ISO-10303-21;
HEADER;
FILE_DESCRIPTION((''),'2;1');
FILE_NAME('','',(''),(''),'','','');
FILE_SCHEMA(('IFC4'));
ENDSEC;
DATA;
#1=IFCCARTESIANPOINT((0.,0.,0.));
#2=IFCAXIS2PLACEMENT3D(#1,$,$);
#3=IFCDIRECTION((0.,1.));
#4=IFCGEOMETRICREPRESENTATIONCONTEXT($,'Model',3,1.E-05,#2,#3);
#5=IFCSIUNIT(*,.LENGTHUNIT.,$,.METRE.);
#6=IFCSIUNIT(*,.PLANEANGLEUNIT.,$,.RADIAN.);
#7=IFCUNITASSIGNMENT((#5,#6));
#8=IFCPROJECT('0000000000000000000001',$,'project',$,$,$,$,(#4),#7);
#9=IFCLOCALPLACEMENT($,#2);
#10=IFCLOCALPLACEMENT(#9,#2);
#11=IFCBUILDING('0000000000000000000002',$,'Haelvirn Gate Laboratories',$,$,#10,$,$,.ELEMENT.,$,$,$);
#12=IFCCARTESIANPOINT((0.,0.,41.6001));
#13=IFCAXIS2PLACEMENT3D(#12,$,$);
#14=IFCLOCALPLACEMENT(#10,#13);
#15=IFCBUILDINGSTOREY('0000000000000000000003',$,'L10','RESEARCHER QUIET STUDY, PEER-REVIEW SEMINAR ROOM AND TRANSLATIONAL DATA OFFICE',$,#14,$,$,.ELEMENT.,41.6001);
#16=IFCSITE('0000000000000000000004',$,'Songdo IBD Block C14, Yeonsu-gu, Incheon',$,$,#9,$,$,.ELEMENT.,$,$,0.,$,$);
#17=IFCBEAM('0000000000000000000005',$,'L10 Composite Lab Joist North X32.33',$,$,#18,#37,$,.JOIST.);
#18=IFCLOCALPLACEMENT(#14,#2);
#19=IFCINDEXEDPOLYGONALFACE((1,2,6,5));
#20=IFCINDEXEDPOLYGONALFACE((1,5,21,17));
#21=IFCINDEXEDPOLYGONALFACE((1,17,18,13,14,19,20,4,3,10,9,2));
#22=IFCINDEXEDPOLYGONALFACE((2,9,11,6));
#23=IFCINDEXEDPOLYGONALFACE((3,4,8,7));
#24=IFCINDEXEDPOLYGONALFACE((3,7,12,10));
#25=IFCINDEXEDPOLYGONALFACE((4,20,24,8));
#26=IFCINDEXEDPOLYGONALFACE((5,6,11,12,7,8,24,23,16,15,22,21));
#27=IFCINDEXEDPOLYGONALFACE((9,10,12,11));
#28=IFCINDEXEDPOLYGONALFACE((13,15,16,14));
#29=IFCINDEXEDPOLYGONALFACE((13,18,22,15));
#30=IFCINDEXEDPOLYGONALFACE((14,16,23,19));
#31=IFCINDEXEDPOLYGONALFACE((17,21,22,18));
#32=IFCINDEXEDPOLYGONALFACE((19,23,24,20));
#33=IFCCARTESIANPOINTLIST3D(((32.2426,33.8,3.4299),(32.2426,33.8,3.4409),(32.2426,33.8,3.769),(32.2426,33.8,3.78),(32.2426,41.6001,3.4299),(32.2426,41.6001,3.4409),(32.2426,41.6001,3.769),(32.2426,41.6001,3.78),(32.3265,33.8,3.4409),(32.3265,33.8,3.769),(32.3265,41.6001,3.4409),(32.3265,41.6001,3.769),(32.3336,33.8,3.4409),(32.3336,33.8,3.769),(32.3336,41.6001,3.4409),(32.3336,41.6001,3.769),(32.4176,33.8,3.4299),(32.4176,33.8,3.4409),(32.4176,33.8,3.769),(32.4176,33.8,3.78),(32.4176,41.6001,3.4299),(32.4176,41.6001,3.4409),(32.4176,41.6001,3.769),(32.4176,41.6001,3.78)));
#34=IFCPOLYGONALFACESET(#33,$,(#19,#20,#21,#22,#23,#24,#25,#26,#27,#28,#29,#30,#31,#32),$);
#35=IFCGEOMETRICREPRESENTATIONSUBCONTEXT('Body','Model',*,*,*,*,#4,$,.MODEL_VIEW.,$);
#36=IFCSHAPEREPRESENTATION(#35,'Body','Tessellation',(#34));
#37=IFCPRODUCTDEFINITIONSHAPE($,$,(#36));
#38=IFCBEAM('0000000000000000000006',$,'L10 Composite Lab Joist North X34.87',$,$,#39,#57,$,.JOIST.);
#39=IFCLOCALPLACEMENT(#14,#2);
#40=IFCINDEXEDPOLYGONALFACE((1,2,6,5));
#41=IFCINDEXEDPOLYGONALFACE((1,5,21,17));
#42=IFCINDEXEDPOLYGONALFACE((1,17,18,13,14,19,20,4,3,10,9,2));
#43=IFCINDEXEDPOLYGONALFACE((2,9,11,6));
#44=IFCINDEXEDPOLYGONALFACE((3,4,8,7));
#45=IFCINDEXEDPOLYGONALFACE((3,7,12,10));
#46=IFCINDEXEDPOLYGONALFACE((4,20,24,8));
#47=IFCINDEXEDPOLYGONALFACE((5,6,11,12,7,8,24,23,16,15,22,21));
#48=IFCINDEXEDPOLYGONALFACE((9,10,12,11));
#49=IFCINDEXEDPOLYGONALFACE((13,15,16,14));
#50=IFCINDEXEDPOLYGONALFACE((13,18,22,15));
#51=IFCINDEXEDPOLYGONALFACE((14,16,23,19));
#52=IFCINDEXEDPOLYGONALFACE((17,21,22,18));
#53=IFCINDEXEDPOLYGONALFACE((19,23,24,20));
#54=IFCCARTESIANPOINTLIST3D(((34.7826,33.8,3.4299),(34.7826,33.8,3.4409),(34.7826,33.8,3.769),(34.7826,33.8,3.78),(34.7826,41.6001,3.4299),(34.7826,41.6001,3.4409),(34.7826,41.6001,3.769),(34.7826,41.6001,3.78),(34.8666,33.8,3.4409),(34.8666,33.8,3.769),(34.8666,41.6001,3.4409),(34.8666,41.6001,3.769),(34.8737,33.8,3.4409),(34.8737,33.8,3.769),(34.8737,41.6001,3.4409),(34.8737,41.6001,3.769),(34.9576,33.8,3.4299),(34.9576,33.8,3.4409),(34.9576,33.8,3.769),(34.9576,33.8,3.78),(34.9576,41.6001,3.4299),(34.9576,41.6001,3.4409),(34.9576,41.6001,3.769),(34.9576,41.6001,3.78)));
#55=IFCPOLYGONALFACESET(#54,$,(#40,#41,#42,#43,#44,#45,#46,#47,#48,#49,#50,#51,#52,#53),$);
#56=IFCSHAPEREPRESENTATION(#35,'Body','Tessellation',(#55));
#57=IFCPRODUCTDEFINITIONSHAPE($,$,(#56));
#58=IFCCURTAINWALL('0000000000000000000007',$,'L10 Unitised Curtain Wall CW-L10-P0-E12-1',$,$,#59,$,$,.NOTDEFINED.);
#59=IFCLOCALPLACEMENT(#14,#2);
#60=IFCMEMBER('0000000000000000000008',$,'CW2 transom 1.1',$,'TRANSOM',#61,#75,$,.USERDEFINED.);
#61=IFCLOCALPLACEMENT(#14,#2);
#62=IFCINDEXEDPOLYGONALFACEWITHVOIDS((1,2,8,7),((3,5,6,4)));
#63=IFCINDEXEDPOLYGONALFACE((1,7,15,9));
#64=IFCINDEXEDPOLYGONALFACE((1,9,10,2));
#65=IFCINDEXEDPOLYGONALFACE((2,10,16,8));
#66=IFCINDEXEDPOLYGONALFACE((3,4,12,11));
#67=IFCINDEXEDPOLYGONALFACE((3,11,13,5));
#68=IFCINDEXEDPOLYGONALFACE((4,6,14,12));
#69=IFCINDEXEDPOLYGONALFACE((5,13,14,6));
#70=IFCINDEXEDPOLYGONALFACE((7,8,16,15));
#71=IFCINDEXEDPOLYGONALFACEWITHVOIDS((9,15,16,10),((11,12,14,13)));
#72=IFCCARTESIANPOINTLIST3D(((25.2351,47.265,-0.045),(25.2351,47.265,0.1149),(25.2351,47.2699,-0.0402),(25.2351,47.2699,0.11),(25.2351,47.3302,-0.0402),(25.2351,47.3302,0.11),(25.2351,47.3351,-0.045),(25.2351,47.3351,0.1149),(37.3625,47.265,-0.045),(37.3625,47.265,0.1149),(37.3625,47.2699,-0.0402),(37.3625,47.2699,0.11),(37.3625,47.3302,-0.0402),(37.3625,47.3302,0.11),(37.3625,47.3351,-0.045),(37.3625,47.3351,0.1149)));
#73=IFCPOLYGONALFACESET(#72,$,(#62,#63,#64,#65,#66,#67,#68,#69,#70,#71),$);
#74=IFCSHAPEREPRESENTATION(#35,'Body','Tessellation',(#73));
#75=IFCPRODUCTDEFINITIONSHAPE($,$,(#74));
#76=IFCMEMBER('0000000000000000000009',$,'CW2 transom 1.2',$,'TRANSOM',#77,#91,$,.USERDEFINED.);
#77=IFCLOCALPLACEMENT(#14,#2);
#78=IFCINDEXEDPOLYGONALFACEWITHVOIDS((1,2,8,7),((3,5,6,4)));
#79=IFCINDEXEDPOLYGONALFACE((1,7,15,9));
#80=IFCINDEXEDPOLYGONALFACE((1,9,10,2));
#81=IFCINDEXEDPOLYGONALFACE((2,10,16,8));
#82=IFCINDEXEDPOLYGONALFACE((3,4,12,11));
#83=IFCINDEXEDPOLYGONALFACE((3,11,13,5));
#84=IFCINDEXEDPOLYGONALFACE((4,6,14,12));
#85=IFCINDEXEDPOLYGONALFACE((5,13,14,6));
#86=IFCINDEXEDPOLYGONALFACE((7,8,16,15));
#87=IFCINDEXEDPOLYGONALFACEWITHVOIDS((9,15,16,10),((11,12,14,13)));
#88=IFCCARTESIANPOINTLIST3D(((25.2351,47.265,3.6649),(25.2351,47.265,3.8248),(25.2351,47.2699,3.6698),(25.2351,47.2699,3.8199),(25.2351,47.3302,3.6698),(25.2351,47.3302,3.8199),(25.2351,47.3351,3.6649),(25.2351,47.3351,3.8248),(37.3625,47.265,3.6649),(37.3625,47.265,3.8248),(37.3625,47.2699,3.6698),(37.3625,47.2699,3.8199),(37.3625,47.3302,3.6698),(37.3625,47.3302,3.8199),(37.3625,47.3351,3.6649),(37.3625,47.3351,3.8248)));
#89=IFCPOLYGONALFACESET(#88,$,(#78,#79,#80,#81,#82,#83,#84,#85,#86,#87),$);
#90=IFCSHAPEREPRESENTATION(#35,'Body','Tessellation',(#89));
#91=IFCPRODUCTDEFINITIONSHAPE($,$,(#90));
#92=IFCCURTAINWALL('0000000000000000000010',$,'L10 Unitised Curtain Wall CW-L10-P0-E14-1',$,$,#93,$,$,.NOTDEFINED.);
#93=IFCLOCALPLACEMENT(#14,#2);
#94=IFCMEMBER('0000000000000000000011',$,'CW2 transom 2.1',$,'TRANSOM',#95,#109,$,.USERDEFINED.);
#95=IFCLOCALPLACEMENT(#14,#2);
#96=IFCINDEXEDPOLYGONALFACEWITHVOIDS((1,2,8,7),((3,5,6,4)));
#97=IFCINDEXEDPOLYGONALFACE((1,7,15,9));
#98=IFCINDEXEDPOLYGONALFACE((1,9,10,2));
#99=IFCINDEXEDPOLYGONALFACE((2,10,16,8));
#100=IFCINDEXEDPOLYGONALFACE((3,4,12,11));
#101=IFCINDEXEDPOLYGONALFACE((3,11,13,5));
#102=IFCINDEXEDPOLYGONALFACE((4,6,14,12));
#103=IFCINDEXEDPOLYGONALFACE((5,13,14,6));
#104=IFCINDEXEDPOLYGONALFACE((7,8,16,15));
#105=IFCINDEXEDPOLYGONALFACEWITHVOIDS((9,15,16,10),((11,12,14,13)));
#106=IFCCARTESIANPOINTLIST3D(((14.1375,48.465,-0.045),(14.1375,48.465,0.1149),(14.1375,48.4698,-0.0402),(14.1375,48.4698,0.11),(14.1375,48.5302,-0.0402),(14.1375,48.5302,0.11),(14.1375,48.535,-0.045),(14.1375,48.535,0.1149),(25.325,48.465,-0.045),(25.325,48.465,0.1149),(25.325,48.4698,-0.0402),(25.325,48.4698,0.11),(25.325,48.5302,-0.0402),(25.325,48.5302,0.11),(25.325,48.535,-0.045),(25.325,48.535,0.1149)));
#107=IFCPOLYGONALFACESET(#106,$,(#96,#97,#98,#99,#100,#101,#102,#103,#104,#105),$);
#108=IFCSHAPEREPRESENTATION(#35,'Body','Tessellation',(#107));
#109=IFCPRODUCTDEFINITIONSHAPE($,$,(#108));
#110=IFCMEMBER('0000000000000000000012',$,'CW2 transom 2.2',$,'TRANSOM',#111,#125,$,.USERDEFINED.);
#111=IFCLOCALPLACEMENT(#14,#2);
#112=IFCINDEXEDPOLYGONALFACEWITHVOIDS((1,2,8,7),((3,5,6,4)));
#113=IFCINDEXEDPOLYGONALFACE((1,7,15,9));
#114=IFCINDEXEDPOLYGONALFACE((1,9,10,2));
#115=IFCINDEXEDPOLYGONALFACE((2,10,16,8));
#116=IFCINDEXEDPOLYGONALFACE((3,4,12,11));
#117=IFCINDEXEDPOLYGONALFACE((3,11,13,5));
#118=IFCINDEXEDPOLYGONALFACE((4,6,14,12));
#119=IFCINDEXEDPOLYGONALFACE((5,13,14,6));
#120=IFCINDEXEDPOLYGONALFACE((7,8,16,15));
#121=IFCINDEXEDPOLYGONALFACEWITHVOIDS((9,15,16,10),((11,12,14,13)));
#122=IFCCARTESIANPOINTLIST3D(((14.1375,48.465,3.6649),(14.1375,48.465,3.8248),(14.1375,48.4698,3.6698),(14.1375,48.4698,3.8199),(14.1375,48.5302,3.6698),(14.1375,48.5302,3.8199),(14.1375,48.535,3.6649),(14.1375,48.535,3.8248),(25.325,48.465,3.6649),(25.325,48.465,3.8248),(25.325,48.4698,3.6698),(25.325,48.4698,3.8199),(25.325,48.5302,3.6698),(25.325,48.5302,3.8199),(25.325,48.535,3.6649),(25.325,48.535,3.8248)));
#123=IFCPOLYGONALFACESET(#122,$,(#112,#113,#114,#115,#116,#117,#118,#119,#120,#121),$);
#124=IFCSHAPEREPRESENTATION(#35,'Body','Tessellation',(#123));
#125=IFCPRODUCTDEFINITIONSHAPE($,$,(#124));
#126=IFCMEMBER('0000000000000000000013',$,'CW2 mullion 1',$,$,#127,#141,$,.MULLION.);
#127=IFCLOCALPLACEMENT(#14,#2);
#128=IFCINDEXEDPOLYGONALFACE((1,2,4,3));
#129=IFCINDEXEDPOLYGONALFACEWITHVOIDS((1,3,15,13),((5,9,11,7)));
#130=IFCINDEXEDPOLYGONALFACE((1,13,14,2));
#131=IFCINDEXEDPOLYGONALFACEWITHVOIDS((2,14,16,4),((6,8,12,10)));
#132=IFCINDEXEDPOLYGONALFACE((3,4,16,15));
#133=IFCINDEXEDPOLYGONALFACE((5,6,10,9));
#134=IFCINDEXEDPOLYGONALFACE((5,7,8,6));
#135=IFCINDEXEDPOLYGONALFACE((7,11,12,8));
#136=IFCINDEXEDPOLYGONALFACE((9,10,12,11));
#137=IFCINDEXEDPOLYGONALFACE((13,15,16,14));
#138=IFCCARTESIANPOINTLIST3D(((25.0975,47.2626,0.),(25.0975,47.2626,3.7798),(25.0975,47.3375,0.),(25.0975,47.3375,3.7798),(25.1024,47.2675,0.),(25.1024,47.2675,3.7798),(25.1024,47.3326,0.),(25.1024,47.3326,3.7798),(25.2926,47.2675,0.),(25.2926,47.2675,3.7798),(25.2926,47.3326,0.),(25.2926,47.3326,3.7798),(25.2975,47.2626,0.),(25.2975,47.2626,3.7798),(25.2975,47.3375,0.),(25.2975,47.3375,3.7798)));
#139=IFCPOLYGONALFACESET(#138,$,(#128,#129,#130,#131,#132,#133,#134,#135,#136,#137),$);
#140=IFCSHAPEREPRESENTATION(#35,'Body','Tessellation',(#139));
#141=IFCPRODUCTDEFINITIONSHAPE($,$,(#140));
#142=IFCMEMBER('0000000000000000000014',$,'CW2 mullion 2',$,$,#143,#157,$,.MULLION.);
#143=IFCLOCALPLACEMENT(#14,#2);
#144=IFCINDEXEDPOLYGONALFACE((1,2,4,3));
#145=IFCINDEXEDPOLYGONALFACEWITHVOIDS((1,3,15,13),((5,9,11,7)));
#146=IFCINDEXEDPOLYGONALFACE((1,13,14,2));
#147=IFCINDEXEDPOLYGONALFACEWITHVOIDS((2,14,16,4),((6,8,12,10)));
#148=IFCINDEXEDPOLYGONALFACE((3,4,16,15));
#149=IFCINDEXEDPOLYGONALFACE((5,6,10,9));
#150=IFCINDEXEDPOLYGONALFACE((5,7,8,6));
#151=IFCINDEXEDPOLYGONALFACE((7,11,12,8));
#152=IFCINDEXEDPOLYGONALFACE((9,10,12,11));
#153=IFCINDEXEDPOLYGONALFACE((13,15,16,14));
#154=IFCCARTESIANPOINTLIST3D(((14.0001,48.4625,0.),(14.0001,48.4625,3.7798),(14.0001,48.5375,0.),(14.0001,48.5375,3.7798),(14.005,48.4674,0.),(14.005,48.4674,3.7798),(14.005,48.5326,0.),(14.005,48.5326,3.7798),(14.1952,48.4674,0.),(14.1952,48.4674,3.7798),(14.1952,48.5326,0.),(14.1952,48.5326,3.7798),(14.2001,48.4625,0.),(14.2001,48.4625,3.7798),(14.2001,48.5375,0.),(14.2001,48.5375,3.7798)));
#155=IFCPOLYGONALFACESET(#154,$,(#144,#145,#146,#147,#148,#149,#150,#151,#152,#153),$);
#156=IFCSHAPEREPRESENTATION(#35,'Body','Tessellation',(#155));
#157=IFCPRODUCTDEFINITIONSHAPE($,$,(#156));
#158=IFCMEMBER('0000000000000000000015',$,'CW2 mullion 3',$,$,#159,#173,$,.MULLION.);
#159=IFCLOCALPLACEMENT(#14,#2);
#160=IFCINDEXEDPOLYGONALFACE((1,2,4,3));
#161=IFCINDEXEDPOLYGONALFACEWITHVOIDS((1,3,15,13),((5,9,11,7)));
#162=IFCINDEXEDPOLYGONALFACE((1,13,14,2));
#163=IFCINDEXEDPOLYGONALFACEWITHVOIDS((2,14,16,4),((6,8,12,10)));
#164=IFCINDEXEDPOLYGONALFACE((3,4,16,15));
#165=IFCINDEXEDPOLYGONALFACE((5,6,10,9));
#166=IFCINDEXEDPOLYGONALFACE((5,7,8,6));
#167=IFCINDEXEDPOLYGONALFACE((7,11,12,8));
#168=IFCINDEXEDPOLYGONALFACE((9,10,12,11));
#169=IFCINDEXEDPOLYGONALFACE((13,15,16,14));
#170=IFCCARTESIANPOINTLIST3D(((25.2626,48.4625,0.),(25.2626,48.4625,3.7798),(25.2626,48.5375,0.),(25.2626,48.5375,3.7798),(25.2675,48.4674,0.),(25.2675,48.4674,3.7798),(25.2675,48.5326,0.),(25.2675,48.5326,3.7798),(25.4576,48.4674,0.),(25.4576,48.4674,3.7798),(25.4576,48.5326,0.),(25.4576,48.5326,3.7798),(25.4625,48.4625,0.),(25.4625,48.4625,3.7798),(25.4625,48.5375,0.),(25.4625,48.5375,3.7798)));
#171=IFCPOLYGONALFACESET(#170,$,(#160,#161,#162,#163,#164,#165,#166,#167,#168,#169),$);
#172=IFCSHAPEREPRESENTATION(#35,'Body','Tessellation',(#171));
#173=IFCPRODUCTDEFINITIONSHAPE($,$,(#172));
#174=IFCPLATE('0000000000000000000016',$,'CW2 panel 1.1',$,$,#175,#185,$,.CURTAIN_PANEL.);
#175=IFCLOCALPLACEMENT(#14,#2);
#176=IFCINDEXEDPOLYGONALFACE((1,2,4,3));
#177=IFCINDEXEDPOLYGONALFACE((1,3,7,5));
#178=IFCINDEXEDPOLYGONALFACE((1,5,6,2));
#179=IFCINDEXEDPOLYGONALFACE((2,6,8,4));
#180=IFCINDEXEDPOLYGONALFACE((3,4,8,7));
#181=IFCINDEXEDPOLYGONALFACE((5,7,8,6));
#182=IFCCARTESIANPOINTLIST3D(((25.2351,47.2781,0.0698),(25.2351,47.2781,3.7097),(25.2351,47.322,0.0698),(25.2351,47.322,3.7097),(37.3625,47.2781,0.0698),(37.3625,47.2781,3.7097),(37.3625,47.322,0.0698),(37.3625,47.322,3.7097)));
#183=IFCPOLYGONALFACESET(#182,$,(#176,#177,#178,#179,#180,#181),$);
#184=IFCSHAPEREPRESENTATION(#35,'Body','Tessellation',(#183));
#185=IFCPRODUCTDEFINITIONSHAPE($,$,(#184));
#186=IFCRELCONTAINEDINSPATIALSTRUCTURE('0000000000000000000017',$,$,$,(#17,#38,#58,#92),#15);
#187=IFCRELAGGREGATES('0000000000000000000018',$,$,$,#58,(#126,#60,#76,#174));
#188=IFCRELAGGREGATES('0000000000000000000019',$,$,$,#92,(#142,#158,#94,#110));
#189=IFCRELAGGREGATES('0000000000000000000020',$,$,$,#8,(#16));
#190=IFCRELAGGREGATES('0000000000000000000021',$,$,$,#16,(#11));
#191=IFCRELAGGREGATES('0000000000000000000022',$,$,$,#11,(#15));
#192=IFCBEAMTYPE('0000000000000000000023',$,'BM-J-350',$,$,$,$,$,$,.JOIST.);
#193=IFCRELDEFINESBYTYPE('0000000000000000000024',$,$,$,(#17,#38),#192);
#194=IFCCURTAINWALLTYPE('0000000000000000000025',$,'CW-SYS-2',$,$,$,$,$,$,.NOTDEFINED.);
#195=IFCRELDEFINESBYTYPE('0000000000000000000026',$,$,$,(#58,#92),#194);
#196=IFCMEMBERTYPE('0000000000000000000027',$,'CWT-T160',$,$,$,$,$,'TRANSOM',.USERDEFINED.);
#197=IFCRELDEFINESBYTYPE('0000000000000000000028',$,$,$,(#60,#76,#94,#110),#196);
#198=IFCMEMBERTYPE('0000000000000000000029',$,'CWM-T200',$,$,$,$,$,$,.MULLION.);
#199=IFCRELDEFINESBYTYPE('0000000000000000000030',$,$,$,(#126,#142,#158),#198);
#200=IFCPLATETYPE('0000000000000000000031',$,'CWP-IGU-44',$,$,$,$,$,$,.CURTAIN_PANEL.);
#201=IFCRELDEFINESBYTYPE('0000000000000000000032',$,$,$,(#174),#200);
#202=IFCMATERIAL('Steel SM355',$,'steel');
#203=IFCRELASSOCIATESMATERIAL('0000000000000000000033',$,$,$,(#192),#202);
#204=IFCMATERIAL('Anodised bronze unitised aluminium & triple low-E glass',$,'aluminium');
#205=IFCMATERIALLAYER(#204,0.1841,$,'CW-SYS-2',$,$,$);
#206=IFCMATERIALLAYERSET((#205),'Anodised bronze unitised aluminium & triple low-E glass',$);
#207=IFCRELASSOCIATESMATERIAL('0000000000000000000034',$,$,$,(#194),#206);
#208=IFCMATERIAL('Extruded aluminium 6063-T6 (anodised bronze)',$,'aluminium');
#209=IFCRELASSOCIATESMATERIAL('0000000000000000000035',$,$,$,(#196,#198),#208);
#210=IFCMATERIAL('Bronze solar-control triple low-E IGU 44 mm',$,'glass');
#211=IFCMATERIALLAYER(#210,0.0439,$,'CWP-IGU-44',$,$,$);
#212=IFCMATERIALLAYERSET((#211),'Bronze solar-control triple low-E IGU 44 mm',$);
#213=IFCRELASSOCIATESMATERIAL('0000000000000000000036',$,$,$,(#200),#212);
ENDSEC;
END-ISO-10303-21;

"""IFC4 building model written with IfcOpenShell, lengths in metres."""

from ifc_helpers import new_model, si_unit, direction, frame, origin, origin_2d, place, context, subcontext, project, spatial, rectangle, hollow_rectangle, i_section, extrude, source, transform, mapped, material, layer, layer_set, material_profile, profile_set, type_object, type_shapes, element, aggregate, save


model = new_model("IFC4")

# Units and contexts
model_context = context("Model", 3, precision=1e-05, world=origin(), true_north=direction((0.0, 1.0)))
body_context = subcontext(model_context, "Body", "Model", "MODEL_VIEW")
ifc_project = project(units=[si_unit("LENGTHUNIT", "METRE"), si_unit("PLANEANGLEUNIT", "RADIAN")], contexts=[model_context])

# Site, building, storey
site_placement = place(None, origin())
site = spatial("IfcSite", under=ifc_project, at=site_placement, Name="Songdo IBD Block C14, Yeonsu-gu, Incheon", CompositionType="ELEMENT", RefElevation=0.0)
building_placement = place(site_placement, origin())
building = spatial("IfcBuilding", under=site, at=building_placement, Name="Haelvirn Gate Laboratories", CompositionType="ELEMENT")
storey_placement = place(building_placement, frame((0.0, 0.0, 41.6001)))
storey = spatial("IfcBuildingStorey", under=building, at=storey_placement, Name="L10", Description="RESEARCHER QUIET STUDY, PEER-REVIEW SEMINAR ROOM AND TRANSLATIONAL DATA OFFICE", CompositionType="ELEMENT", Elevation=41.6001)

# Beams
ifc_material_1 = material(Name="Steel SM355", Category="steel")
ifc_material_profile_1 = material_profile(ifc_material_1, i_section(OverallWidth=0.175, OverallDepth=0.3501, WebThickness=0.0071, FlangeThickness=0.011, at=origin_2d()), Name="H-350x175x7x11")
ifc_profile_set_1 = profile_set([ifc_material_profile_1], Name="Steel SM355")
beam_type_1 = type_object("IfcBeamType", Name="BM-J-350", PredefinedType="JOIST", material=ifc_profile_set_1)
shared_shape_1 = source(origin(), body_context, "Body", "SweptSolid", [
    extrude(i_section(OverallWidth=0.175, OverallDepth=0.3501, WebThickness=0.0071, FlangeThickness=0.011, at=origin_2d()), origin(), (0.0, 0.0, 1.0), 7.8),
])
type_shapes(beam_type_1, [shared_shape_1])
for number, where, z_axis, x_axis, name in (
    (1, (32.3301, 33.8, 3.605), (0.0, 1.0, 0.0), (-1.0, 0.0, 0.0), "L10 Composite Lab Joist North X32.33"),
    (2, (34.8701, 33.8, 3.605), (0.0, 1.0, 0.0), (-1.0, 0.0, 0.0), "L10 Composite Lab Joist North X34.87"),
):
    element("IfcBeam", number, at=place(storey_placement, frame(where, z_axis=z_axis, x_axis=x_axis)), inside=storey, type_object=beam_type_1, Name=name, PredefinedType="JOIST", context=body_context, shape_type="MappedRepresentation", body=[
        mapped(shared_shape_1, transform((0.0, 0.0, 0.0), scale=1.0)),
    ])

# Curtain walls, members
ifc_material_2 = material(Name="Anodised bronze unitised aluminium & triple low-E glass", Category="aluminium")
ifc_layer_1 = layer(ifc_material_2, 0.1841, Name="CW-SYS-2")
ifc_layer_set_1 = layer_set([ifc_layer_1], Name="Anodised bronze unitised aluminium & triple low-E glass")
curtain_wall_type = type_object("IfcCurtainWallType", Name="CW-SYS-2", PredefinedType="NOTDEFINED", material=ifc_layer_set_1)
curtain_wall_1_placement = place(storey_placement, origin())
curtain_wall_1 = element("IfcCurtainWall", 3, at=curtain_wall_1_placement, inside=storey, type_object=curtain_wall_type, Name="L10 Unitised Curtain Wall CW-L10-P0-E12-1", PredefinedType="NOTDEFINED")
ifc_material_3 = material(Name="Extruded aluminium 6063-T6 (anodised bronze)", Category="aluminium")
ifc_material_profile_2 = material_profile(ifc_material_3, hollow_rectangle(XDim=0.0701, YDim=0.1599, WallThickness=0.0049, at=origin_2d()), Name="CWT-160x70x5")
ifc_profile_set_2 = profile_set([ifc_material_profile_2], Name="Extruded aluminium 6063-T6 (anodised bronze)")
member_type_1 = type_object("IfcMemberType", Name="CWT-T160", ElementType="TRANSOM", PredefinedType="USERDEFINED", material=ifc_profile_set_2)
shared_shape_2 = source(origin(), body_context, "Body", "SweptSolid", [
    extrude(hollow_rectangle(XDim=0.0701, YDim=0.1599, WallThickness=0.0049, at=origin_2d()), origin(), (0.0, 0.0, 1.0), 12.1274),
])
member_1_placement = place(storey_placement, frame((25.2351, 47.3, 0.0349), z_axis=(1.0, 0.0, 0.0), x_axis=(0.0, 1.0, 0.0)))
member_1 = element("IfcMember", 4, at=member_1_placement, type_object=member_type_1, Name="CW2 transom 1.1", ObjectType="TRANSOM", PredefinedType="USERDEFINED", context=body_context, shape_type="MappedRepresentation", body=[
    mapped(shared_shape_2, transform((0.0, 0.0, 0.0), scale=1.0)),
])
member_2_placement = place(storey_placement, frame((25.2351, 47.3, 3.7449), z_axis=(1.0, 0.0, 0.0), x_axis=(0.0, 1.0, 0.0)))
member_2 = element("IfcMember", 5, at=member_2_placement, type_object=member_type_1, Name="CW2 transom 1.2", ObjectType="TRANSOM", PredefinedType="USERDEFINED", context=body_context, shape_type="MappedRepresentation", body=[
    mapped(shared_shape_2, transform((0.0, 0.0, 0.0), scale=1.0)),
])
curtain_wall_2_placement = place(storey_placement, origin())
curtain_wall_2 = element("IfcCurtainWall", 6, at=curtain_wall_2_placement, inside=storey, type_object=curtain_wall_type, Name="L10 Unitised Curtain Wall CW-L10-P0-E14-1", PredefinedType="NOTDEFINED")
shared_shape_3 = source(origin(), body_context, "Body", "SweptSolid", [
    extrude(hollow_rectangle(XDim=0.0701, YDim=0.1599, WallThickness=0.0049, at=origin_2d()), origin(), (0.0, 0.0, 1.0), 11.1875),
])
type_shapes(member_type_1, [shared_shape_2, shared_shape_3])
member_3_placement = place(storey_placement, frame((14.1375, 48.5, 0.0349), z_axis=(1.0, 0.0, 0.0), x_axis=(0.0, 1.0, 0.0)))
member_3 = element("IfcMember", 7, at=member_3_placement, type_object=member_type_1, Name="CW2 transom 2.1", ObjectType="TRANSOM", PredefinedType="USERDEFINED", context=body_context, shape_type="MappedRepresentation", body=[
    mapped(shared_shape_3, transform((0.0, 0.0, 0.0), scale=1.0)),
])
member_4_placement = place(storey_placement, frame((14.1375, 48.5, 3.7449), z_axis=(1.0, 0.0, 0.0), x_axis=(0.0, 1.0, 0.0)))
member_4 = element("IfcMember", 8, at=member_4_placement, type_object=member_type_1, Name="CW2 transom 2.2", ObjectType="TRANSOM", PredefinedType="USERDEFINED", context=body_context, shape_type="MappedRepresentation", body=[
    mapped(shared_shape_3, transform((0.0, 0.0, 0.0), scale=1.0)),
])

# Members
ifc_material_profile_3 = material_profile(ifc_material_3, hollow_rectangle(XDim=0.075, YDim=0.2, WallThickness=0.0049, at=origin_2d()), Name="CWM-200x75x5")
ifc_profile_set_3 = profile_set([ifc_material_profile_3], Name="Extruded aluminium 6063-T6 (anodised bronze)")
member_type_2 = type_object("IfcMemberType", Name="CWM-T200", PredefinedType="MULLION", material=ifc_profile_set_3)
shared_shape_4 = source(origin(), body_context, "Body", "SweptSolid", [
    extrude(hollow_rectangle(XDim=0.075, YDim=0.2, WallThickness=0.0049, at=origin_2d()), origin(), (0.0, 0.0, 1.0), 3.7798),
])
type_shapes(member_type_2, [shared_shape_4])
member_5_placement = place(storey_placement, frame((25.1975, 47.3, 0.0), z_axis=(0.0, 0.0, 1.0), x_axis=(0.0, 1.0, 0.0)))
member_5 = element("IfcMember", 9, at=member_5_placement, type_object=member_type_2, Name="CW2 mullion 1", PredefinedType="MULLION", context=body_context, shape_type="MappedRepresentation", body=[
    mapped(shared_shape_4, transform((0.0, 0.0, 0.0), scale=1.0)),
])
member_6_placement = place(storey_placement, frame((14.1001, 48.5, 0.0), z_axis=(0.0, 0.0, 1.0), x_axis=(0.0, 1.0, 0.0)))
member_6 = element("IfcMember", 10, at=member_6_placement, type_object=member_type_2, Name="CW2 mullion 2", PredefinedType="MULLION", context=body_context, shape_type="MappedRepresentation", body=[
    mapped(shared_shape_4, transform((0.0, 0.0, 0.0), scale=1.0)),
])
member_7_placement = place(storey_placement, frame((25.3625, 48.5, 0.0), z_axis=(0.0, 0.0, 1.0), x_axis=(0.0, 1.0, 0.0)))
member_7 = element("IfcMember", 11, at=member_7_placement, type_object=member_type_2, Name="CW2 mullion 3", PredefinedType="MULLION", context=body_context, shape_type="MappedRepresentation", body=[
    mapped(shared_shape_4, transform((0.0, 0.0, 0.0), scale=1.0)),
])

# Plate
ifc_material_4 = material(Name="Bronze solar-control triple low-E IGU 44 mm", Category="glass")
ifc_layer_2 = layer(ifc_material_4, 0.0439, Name="CWP-IGU-44")
ifc_layer_set_2 = layer_set([ifc_layer_2], Name="Bronze solar-control triple low-E IGU 44 mm")
plate_type = type_object("IfcPlateType", Name="CWP-IGU-44", PredefinedType="CURTAIN_PANEL", material=ifc_layer_set_2)
shared_shape_5 = source(origin(), body_context, "Body", "SweptSolid", [
    extrude(rectangle(XDim=12.1274, YDim=0.0439, at=origin_2d()), origin(), (0.0, 0.0, 1.0), 3.6399),
])
plate_1_placement = place(storey_placement, frame((31.2988, 47.3, 0.0698), z_axis=(0.0, 0.0, 1.0), x_axis=(1.0, 0.0, 0.0)))
plate_1 = element("IfcPlate", 12, at=plate_1_placement, type_object=plate_type, Name="CW2 panel 1.1", PredefinedType="CURTAIN_PANEL", context=body_context, shape_type="MappedRepresentation", body=[
    mapped(shared_shape_5, transform((0.0, 0.0, 0.0), scale=1.0)),
])
aggregate(curtain_wall_1, [member_5, member_1, member_2, plate_1])
aggregate(curtain_wall_2, [member_6, member_7, member_3, member_4])

save(model, "model.ifc")
